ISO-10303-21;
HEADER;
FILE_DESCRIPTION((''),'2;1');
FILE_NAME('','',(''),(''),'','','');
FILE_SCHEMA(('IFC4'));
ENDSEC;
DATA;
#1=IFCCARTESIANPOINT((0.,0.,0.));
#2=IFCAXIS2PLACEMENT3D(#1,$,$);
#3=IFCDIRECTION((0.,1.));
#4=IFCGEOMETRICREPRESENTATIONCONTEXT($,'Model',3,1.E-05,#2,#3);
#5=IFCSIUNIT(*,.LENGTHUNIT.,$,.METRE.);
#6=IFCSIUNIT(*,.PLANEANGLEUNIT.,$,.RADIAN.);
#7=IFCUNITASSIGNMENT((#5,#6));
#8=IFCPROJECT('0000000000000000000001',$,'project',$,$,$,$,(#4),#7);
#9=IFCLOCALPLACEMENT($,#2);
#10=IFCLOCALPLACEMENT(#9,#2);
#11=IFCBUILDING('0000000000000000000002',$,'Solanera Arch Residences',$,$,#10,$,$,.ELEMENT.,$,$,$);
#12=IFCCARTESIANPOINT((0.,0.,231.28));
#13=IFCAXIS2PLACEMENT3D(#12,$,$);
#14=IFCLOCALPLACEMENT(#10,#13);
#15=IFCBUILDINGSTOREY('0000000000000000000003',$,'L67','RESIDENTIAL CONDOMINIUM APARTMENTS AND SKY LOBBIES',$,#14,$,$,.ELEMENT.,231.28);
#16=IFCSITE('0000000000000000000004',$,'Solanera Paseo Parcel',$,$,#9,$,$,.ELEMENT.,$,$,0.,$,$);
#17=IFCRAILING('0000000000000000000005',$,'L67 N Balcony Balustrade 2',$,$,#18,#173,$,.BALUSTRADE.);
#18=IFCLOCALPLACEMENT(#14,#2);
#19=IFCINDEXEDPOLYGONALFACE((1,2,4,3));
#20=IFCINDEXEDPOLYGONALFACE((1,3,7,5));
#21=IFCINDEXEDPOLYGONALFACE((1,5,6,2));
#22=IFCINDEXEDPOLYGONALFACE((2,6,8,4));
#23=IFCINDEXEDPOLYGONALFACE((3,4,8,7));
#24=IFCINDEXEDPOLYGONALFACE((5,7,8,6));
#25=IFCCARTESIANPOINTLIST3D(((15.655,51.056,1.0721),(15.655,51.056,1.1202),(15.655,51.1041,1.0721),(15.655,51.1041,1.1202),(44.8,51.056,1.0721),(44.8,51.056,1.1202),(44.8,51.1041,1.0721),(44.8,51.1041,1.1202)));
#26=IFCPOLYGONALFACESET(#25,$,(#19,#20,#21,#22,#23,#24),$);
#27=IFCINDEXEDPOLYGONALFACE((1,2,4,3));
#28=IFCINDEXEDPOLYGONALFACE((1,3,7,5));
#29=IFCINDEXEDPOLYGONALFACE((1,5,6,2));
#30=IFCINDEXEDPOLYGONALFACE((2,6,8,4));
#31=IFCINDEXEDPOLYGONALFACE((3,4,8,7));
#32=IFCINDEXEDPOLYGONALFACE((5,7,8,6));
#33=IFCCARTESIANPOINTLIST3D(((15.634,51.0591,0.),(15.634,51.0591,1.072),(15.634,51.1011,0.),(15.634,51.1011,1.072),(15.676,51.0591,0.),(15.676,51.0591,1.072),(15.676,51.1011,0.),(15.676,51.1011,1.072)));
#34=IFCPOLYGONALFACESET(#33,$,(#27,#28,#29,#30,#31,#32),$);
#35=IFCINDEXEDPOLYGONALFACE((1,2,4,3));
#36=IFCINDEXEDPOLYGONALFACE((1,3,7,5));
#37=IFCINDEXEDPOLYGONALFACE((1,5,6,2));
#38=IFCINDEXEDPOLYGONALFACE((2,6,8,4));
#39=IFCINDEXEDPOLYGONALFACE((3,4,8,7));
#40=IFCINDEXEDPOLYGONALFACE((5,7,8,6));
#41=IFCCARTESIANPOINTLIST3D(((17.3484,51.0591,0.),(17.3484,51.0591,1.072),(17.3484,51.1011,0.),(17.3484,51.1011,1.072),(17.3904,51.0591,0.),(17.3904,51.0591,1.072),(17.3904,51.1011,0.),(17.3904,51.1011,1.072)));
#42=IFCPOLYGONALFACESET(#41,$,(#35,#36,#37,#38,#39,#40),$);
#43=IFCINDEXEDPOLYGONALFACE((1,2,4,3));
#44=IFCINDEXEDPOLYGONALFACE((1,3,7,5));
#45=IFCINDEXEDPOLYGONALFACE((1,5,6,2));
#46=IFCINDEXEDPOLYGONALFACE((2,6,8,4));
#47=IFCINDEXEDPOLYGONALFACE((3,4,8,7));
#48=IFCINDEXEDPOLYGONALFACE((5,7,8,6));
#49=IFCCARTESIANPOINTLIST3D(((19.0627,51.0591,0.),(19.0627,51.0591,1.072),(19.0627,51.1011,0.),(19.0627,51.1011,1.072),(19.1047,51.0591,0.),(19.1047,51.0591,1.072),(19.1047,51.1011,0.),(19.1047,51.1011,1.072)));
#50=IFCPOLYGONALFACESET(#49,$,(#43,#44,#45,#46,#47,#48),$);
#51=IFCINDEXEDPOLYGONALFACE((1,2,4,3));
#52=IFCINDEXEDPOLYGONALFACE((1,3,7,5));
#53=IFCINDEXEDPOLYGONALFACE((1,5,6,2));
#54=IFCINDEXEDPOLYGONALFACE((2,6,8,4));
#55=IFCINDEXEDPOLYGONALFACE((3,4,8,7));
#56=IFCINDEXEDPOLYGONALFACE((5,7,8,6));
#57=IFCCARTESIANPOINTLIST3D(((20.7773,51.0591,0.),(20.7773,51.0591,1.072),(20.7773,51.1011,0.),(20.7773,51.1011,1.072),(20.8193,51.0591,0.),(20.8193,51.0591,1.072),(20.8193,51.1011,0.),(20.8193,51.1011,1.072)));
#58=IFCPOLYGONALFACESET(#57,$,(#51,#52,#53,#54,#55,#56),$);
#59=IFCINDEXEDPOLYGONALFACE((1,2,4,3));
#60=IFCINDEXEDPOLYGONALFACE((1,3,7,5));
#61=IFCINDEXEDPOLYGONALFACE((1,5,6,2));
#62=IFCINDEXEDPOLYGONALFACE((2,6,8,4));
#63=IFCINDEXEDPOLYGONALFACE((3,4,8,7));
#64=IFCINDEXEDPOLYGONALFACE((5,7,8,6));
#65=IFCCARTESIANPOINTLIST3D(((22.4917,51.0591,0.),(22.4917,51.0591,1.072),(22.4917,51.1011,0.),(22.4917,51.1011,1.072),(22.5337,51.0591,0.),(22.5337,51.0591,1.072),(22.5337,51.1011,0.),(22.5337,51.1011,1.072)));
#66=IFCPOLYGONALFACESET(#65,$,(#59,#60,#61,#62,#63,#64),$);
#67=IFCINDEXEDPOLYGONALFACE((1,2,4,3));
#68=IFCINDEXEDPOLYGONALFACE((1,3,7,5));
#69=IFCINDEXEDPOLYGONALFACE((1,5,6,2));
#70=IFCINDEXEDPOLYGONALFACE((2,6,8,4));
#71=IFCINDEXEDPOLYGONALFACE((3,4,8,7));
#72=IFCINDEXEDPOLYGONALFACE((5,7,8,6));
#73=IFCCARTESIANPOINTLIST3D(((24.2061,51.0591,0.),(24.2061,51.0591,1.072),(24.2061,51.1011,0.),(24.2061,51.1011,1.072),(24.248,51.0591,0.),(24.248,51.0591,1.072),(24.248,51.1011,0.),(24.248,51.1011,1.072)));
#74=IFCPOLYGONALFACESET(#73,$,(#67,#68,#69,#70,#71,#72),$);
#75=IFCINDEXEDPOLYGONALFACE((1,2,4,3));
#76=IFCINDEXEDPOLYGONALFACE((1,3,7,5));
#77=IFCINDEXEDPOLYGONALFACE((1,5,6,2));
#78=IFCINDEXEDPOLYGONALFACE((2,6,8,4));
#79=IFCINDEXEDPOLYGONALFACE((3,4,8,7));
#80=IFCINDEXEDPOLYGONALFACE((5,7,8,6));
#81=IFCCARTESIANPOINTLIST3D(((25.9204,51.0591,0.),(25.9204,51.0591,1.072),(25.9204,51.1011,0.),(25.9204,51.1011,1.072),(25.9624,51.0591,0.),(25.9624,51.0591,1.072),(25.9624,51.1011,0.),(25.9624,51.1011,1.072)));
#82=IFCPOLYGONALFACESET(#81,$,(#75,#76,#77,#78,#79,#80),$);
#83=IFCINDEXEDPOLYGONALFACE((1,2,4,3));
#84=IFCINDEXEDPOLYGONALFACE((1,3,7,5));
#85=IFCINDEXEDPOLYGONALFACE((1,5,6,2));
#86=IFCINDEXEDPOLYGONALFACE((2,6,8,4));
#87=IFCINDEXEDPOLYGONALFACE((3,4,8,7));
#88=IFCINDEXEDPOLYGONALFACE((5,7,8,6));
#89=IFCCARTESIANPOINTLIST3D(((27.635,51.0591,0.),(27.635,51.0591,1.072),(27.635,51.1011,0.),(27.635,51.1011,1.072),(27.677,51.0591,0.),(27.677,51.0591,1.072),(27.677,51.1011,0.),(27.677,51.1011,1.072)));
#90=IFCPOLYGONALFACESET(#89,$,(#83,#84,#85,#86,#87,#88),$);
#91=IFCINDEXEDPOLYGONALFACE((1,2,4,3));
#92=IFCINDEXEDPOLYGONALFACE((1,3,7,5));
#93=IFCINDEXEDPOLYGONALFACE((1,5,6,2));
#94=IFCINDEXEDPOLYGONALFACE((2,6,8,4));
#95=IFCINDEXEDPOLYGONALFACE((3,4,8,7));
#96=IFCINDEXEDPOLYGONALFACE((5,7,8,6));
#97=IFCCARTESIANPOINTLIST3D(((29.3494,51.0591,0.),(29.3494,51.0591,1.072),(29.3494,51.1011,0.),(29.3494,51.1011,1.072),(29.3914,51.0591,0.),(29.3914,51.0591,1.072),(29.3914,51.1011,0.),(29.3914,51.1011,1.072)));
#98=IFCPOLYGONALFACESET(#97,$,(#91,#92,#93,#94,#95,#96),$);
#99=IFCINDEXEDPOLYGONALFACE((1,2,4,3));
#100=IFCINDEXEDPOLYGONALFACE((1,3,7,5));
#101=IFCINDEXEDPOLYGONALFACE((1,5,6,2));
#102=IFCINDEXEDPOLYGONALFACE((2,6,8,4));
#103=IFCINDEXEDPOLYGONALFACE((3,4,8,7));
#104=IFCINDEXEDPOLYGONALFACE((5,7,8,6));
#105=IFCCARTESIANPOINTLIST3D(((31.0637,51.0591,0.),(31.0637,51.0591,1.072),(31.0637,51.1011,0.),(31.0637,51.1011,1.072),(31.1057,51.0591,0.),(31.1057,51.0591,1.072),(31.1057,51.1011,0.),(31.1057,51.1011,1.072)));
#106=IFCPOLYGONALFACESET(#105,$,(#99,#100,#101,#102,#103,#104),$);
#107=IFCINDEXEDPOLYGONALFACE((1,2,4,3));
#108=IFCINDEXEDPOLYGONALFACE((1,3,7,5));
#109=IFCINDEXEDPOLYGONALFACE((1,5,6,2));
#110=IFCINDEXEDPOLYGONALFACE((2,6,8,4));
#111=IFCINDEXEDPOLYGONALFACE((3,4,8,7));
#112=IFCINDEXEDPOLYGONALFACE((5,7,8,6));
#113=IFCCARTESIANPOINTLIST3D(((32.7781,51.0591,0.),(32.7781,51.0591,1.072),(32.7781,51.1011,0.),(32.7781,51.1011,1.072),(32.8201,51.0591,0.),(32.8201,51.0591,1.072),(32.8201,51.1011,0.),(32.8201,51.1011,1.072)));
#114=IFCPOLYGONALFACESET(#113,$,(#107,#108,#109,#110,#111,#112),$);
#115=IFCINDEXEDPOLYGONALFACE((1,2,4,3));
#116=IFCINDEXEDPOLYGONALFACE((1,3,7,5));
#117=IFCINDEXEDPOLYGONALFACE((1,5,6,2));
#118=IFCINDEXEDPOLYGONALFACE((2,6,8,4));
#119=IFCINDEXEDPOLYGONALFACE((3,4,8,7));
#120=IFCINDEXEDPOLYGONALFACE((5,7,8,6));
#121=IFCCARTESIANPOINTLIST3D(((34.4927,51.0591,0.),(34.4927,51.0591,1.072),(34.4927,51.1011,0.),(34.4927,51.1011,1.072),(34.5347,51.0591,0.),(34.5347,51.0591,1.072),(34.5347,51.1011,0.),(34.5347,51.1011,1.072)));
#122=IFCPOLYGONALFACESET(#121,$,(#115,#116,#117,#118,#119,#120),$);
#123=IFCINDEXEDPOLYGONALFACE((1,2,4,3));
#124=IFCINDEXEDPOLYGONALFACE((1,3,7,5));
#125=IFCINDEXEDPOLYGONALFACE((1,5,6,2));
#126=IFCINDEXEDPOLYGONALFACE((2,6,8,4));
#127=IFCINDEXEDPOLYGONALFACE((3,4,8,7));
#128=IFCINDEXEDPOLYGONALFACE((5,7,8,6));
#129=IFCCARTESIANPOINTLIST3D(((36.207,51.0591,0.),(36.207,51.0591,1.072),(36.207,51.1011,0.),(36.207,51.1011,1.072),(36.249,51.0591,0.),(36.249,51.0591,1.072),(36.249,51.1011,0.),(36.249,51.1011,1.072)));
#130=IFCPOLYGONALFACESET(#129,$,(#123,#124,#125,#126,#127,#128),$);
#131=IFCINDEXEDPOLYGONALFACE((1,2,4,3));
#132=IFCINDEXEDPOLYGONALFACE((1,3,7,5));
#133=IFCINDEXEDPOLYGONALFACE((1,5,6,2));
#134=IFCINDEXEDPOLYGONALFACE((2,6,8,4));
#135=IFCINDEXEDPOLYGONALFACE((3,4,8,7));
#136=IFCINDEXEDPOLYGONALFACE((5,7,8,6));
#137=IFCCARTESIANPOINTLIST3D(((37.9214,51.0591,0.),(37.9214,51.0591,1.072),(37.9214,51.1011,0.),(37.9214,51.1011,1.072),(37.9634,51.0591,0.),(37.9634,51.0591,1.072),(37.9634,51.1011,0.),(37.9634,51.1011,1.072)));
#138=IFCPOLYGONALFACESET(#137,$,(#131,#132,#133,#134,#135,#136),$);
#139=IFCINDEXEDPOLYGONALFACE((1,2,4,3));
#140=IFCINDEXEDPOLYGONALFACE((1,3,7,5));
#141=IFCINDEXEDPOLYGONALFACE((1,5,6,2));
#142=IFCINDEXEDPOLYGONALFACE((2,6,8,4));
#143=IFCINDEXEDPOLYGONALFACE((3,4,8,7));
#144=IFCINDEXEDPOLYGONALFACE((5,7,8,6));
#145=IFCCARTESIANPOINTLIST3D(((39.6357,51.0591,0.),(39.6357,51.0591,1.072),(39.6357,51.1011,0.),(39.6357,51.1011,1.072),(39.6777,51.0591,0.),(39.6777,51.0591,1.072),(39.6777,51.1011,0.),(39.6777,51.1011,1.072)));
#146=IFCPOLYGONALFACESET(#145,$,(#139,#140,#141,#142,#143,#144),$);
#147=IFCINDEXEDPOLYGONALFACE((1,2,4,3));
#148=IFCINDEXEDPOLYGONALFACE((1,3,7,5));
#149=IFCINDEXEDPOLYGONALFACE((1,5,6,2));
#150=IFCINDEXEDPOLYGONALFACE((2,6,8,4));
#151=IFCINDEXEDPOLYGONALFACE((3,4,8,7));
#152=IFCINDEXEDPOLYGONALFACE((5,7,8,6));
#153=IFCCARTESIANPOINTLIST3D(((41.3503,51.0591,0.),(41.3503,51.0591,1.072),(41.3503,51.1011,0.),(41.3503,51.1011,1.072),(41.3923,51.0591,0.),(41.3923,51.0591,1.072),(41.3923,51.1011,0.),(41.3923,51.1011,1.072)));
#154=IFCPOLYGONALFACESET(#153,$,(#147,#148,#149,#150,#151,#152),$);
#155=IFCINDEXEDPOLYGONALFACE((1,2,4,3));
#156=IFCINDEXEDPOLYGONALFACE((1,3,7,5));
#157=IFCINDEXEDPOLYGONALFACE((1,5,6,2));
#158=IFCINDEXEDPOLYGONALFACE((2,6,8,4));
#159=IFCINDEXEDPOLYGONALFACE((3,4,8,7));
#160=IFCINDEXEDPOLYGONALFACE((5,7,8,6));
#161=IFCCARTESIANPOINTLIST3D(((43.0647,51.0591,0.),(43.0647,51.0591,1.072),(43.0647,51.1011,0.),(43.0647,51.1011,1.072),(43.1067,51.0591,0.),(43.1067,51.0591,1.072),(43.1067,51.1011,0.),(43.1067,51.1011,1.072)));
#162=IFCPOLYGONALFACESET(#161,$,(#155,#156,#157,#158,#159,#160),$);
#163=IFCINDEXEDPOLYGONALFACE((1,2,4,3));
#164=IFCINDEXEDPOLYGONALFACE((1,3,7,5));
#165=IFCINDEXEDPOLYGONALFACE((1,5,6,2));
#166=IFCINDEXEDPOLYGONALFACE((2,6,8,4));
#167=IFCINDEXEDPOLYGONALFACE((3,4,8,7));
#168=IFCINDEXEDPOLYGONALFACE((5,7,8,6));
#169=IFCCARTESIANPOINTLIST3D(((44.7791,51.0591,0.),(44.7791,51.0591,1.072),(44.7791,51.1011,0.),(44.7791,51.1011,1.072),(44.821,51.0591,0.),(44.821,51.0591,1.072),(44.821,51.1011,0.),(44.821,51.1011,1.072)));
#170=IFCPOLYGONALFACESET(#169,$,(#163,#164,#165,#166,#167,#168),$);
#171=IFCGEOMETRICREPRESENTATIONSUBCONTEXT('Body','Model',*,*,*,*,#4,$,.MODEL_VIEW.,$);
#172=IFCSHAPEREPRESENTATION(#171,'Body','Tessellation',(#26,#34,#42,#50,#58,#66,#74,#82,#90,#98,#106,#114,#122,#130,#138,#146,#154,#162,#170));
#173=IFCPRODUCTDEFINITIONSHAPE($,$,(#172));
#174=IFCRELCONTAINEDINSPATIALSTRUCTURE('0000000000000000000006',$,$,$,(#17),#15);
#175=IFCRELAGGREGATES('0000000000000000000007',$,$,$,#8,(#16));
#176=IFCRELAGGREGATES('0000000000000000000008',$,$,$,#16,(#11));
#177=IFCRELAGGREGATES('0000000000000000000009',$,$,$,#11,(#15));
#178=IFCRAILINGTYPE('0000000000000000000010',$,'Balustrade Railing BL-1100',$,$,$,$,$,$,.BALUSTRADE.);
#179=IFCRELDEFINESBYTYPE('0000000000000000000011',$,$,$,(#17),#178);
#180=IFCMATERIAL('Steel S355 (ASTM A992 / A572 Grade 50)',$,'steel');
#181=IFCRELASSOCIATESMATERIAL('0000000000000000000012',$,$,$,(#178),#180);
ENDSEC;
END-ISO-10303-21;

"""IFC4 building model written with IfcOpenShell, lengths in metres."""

from ifc_helpers import new_model, si_unit, direction, frame, origin, origin_2d, place, context, subcontext, project, spatial, rectangle, extrude, material, type_object, element, save


model = new_model("IFC4")

# Units and contexts
model_context = context("Model", 3, precision=1e-05, world=origin(), true_north=direction((0.0, 1.0)))
body_context = subcontext(model_context, "Body", "Model", "MODEL_VIEW")
ifc_project = project(units=[si_unit("LENGTHUNIT", "METRE"), si_unit("PLANEANGLEUNIT", "RADIAN")], contexts=[model_context])

# Site, building, storey
site_placement = place(None, origin())
site = spatial("IfcSite", under=ifc_project, at=site_placement, Name="Solanera Paseo Parcel", CompositionType="ELEMENT", RefElevation=0.0)
building_placement = place(site_placement, origin())
building = spatial("IfcBuilding", under=site, at=building_placement, Name="Solanera Arch Residences", CompositionType="ELEMENT")
storey_placement = place(building_placement, frame((0.0, 0.0, 231.28)))
storey = spatial("IfcBuildingStorey", under=building, at=storey_placement, Name="L67", Description="RESIDENTIAL CONDOMINIUM APARTMENTS AND SKY LOBBIES", CompositionType="ELEMENT", Elevation=231.28)

# Railing
ifc_material_1 = material(Name="Steel S355 (ASTM A992 / A572 Grade 50)", Category="steel")
railing_type = type_object("IfcRailingType", Name="Balustrade Railing BL-1100", PredefinedType="BALUSTRADE", material=ifc_material_1)
railing_placement = place(storey_placement, frame((15.655, 51.0801, 0.0)))
element("IfcRailing", 1, at=railing_placement, inside=storey, type_object=railing_type, Name="L67 N Balcony Balustrade 2", PredefinedType="BALUSTRADE", context=body_context, shape_type="SweptSolid", body=[
    extrude(rectangle(XDim=0.0481, YDim=0.0481, at=origin_2d()), frame((0.0, 0.0, 1.0962), z_axis=(1.0, 0.0, 0.0), x_axis=(0.0, 1.0, 0.0)), (0.0, 0.0, 1.0), 29.145),
    extrude(rectangle(XDim=0.042, YDim=0.042, at=origin_2d()), origin(), (0.0, 0.0, 1.0), 1.072),
    extrude(rectangle(XDim=0.042, YDim=0.042, at=origin_2d()), frame((1.7144, 0.0, 0.0)), (0.0, 0.0, 1.0), 1.072),
    extrude(rectangle(XDim=0.042, YDim=0.042, at=origin_2d()), frame((3.4287, 0.0, 0.0)), (0.0, 0.0, 1.0), 1.072),
    extrude(rectangle(XDim=0.042, YDim=0.042, at=origin_2d()), frame((5.1433, 0.0, 0.0)), (0.0, 0.0, 1.0), 1.072),
    extrude(rectangle(XDim=0.042, YDim=0.042, at=origin_2d()), frame((6.8577, 0.0, 0.0)), (0.0, 0.0, 1.0), 1.072),
    extrude(rectangle(XDim=0.042, YDim=0.042, at=origin_2d()), frame((8.572, 0.0, 0.0)), (0.0, 0.0, 1.0), 1.072),
    extrude(rectangle(XDim=0.042, YDim=0.042, at=origin_2d()), frame((10.2864, 0.0, 0.0)), (0.0, 0.0, 1.0), 1.072),
    extrude(rectangle(XDim=0.042, YDim=0.042, at=origin_2d()), frame((12.001, 0.0, 0.0)), (0.0, 0.0, 1.0), 1.072),
    extrude(rectangle(XDim=0.042, YDim=0.042, at=origin_2d()), frame((13.7153, 0.0, 0.0)), (0.0, 0.0, 1.0), 1.072),
    extrude(rectangle(XDim=0.042, YDim=0.042, at=origin_2d()), frame((15.4297, 0.0, 0.0)), (0.0, 0.0, 1.0), 1.072),
    extrude(rectangle(XDim=0.042, YDim=0.042, at=origin_2d()), frame((17.144, 0.0, 0.0)), (0.0, 0.0, 1.0), 1.072),
    extrude(rectangle(XDim=0.042, YDim=0.042, at=origin_2d()), frame((18.8586, 0.0, 0.0)), (0.0, 0.0, 1.0), 1.072),
    extrude(rectangle(XDim=0.042, YDim=0.042, at=origin_2d()), frame((20.573, 0.0, 0.0)), (0.0, 0.0, 1.0), 1.072),
    extrude(rectangle(XDim=0.042, YDim=0.042, at=origin_2d()), frame((22.2874, 0.0, 0.0)), (0.0, 0.0, 1.0), 1.072),
    extrude(rectangle(XDim=0.042, YDim=0.042, at=origin_2d()), frame((24.0017, 0.0, 0.0)), (0.0, 0.0, 1.0), 1.072),
    extrude(rectangle(XDim=0.042, YDim=0.042, at=origin_2d()), frame((25.7163, 0.0, 0.0)), (0.0, 0.0, 1.0), 1.072),
    extrude(rectangle(XDim=0.042, YDim=0.042, at=origin_2d()), frame((27.4307, 0.0, 0.0)), (0.0, 0.0, 1.0), 1.072),
    extrude(rectangle(XDim=0.042, YDim=0.042, at=origin_2d()), frame((29.145, 0.0, 0.0)), (0.0, 0.0, 1.0), 1.072),
])

save(model, "model.ifc")
